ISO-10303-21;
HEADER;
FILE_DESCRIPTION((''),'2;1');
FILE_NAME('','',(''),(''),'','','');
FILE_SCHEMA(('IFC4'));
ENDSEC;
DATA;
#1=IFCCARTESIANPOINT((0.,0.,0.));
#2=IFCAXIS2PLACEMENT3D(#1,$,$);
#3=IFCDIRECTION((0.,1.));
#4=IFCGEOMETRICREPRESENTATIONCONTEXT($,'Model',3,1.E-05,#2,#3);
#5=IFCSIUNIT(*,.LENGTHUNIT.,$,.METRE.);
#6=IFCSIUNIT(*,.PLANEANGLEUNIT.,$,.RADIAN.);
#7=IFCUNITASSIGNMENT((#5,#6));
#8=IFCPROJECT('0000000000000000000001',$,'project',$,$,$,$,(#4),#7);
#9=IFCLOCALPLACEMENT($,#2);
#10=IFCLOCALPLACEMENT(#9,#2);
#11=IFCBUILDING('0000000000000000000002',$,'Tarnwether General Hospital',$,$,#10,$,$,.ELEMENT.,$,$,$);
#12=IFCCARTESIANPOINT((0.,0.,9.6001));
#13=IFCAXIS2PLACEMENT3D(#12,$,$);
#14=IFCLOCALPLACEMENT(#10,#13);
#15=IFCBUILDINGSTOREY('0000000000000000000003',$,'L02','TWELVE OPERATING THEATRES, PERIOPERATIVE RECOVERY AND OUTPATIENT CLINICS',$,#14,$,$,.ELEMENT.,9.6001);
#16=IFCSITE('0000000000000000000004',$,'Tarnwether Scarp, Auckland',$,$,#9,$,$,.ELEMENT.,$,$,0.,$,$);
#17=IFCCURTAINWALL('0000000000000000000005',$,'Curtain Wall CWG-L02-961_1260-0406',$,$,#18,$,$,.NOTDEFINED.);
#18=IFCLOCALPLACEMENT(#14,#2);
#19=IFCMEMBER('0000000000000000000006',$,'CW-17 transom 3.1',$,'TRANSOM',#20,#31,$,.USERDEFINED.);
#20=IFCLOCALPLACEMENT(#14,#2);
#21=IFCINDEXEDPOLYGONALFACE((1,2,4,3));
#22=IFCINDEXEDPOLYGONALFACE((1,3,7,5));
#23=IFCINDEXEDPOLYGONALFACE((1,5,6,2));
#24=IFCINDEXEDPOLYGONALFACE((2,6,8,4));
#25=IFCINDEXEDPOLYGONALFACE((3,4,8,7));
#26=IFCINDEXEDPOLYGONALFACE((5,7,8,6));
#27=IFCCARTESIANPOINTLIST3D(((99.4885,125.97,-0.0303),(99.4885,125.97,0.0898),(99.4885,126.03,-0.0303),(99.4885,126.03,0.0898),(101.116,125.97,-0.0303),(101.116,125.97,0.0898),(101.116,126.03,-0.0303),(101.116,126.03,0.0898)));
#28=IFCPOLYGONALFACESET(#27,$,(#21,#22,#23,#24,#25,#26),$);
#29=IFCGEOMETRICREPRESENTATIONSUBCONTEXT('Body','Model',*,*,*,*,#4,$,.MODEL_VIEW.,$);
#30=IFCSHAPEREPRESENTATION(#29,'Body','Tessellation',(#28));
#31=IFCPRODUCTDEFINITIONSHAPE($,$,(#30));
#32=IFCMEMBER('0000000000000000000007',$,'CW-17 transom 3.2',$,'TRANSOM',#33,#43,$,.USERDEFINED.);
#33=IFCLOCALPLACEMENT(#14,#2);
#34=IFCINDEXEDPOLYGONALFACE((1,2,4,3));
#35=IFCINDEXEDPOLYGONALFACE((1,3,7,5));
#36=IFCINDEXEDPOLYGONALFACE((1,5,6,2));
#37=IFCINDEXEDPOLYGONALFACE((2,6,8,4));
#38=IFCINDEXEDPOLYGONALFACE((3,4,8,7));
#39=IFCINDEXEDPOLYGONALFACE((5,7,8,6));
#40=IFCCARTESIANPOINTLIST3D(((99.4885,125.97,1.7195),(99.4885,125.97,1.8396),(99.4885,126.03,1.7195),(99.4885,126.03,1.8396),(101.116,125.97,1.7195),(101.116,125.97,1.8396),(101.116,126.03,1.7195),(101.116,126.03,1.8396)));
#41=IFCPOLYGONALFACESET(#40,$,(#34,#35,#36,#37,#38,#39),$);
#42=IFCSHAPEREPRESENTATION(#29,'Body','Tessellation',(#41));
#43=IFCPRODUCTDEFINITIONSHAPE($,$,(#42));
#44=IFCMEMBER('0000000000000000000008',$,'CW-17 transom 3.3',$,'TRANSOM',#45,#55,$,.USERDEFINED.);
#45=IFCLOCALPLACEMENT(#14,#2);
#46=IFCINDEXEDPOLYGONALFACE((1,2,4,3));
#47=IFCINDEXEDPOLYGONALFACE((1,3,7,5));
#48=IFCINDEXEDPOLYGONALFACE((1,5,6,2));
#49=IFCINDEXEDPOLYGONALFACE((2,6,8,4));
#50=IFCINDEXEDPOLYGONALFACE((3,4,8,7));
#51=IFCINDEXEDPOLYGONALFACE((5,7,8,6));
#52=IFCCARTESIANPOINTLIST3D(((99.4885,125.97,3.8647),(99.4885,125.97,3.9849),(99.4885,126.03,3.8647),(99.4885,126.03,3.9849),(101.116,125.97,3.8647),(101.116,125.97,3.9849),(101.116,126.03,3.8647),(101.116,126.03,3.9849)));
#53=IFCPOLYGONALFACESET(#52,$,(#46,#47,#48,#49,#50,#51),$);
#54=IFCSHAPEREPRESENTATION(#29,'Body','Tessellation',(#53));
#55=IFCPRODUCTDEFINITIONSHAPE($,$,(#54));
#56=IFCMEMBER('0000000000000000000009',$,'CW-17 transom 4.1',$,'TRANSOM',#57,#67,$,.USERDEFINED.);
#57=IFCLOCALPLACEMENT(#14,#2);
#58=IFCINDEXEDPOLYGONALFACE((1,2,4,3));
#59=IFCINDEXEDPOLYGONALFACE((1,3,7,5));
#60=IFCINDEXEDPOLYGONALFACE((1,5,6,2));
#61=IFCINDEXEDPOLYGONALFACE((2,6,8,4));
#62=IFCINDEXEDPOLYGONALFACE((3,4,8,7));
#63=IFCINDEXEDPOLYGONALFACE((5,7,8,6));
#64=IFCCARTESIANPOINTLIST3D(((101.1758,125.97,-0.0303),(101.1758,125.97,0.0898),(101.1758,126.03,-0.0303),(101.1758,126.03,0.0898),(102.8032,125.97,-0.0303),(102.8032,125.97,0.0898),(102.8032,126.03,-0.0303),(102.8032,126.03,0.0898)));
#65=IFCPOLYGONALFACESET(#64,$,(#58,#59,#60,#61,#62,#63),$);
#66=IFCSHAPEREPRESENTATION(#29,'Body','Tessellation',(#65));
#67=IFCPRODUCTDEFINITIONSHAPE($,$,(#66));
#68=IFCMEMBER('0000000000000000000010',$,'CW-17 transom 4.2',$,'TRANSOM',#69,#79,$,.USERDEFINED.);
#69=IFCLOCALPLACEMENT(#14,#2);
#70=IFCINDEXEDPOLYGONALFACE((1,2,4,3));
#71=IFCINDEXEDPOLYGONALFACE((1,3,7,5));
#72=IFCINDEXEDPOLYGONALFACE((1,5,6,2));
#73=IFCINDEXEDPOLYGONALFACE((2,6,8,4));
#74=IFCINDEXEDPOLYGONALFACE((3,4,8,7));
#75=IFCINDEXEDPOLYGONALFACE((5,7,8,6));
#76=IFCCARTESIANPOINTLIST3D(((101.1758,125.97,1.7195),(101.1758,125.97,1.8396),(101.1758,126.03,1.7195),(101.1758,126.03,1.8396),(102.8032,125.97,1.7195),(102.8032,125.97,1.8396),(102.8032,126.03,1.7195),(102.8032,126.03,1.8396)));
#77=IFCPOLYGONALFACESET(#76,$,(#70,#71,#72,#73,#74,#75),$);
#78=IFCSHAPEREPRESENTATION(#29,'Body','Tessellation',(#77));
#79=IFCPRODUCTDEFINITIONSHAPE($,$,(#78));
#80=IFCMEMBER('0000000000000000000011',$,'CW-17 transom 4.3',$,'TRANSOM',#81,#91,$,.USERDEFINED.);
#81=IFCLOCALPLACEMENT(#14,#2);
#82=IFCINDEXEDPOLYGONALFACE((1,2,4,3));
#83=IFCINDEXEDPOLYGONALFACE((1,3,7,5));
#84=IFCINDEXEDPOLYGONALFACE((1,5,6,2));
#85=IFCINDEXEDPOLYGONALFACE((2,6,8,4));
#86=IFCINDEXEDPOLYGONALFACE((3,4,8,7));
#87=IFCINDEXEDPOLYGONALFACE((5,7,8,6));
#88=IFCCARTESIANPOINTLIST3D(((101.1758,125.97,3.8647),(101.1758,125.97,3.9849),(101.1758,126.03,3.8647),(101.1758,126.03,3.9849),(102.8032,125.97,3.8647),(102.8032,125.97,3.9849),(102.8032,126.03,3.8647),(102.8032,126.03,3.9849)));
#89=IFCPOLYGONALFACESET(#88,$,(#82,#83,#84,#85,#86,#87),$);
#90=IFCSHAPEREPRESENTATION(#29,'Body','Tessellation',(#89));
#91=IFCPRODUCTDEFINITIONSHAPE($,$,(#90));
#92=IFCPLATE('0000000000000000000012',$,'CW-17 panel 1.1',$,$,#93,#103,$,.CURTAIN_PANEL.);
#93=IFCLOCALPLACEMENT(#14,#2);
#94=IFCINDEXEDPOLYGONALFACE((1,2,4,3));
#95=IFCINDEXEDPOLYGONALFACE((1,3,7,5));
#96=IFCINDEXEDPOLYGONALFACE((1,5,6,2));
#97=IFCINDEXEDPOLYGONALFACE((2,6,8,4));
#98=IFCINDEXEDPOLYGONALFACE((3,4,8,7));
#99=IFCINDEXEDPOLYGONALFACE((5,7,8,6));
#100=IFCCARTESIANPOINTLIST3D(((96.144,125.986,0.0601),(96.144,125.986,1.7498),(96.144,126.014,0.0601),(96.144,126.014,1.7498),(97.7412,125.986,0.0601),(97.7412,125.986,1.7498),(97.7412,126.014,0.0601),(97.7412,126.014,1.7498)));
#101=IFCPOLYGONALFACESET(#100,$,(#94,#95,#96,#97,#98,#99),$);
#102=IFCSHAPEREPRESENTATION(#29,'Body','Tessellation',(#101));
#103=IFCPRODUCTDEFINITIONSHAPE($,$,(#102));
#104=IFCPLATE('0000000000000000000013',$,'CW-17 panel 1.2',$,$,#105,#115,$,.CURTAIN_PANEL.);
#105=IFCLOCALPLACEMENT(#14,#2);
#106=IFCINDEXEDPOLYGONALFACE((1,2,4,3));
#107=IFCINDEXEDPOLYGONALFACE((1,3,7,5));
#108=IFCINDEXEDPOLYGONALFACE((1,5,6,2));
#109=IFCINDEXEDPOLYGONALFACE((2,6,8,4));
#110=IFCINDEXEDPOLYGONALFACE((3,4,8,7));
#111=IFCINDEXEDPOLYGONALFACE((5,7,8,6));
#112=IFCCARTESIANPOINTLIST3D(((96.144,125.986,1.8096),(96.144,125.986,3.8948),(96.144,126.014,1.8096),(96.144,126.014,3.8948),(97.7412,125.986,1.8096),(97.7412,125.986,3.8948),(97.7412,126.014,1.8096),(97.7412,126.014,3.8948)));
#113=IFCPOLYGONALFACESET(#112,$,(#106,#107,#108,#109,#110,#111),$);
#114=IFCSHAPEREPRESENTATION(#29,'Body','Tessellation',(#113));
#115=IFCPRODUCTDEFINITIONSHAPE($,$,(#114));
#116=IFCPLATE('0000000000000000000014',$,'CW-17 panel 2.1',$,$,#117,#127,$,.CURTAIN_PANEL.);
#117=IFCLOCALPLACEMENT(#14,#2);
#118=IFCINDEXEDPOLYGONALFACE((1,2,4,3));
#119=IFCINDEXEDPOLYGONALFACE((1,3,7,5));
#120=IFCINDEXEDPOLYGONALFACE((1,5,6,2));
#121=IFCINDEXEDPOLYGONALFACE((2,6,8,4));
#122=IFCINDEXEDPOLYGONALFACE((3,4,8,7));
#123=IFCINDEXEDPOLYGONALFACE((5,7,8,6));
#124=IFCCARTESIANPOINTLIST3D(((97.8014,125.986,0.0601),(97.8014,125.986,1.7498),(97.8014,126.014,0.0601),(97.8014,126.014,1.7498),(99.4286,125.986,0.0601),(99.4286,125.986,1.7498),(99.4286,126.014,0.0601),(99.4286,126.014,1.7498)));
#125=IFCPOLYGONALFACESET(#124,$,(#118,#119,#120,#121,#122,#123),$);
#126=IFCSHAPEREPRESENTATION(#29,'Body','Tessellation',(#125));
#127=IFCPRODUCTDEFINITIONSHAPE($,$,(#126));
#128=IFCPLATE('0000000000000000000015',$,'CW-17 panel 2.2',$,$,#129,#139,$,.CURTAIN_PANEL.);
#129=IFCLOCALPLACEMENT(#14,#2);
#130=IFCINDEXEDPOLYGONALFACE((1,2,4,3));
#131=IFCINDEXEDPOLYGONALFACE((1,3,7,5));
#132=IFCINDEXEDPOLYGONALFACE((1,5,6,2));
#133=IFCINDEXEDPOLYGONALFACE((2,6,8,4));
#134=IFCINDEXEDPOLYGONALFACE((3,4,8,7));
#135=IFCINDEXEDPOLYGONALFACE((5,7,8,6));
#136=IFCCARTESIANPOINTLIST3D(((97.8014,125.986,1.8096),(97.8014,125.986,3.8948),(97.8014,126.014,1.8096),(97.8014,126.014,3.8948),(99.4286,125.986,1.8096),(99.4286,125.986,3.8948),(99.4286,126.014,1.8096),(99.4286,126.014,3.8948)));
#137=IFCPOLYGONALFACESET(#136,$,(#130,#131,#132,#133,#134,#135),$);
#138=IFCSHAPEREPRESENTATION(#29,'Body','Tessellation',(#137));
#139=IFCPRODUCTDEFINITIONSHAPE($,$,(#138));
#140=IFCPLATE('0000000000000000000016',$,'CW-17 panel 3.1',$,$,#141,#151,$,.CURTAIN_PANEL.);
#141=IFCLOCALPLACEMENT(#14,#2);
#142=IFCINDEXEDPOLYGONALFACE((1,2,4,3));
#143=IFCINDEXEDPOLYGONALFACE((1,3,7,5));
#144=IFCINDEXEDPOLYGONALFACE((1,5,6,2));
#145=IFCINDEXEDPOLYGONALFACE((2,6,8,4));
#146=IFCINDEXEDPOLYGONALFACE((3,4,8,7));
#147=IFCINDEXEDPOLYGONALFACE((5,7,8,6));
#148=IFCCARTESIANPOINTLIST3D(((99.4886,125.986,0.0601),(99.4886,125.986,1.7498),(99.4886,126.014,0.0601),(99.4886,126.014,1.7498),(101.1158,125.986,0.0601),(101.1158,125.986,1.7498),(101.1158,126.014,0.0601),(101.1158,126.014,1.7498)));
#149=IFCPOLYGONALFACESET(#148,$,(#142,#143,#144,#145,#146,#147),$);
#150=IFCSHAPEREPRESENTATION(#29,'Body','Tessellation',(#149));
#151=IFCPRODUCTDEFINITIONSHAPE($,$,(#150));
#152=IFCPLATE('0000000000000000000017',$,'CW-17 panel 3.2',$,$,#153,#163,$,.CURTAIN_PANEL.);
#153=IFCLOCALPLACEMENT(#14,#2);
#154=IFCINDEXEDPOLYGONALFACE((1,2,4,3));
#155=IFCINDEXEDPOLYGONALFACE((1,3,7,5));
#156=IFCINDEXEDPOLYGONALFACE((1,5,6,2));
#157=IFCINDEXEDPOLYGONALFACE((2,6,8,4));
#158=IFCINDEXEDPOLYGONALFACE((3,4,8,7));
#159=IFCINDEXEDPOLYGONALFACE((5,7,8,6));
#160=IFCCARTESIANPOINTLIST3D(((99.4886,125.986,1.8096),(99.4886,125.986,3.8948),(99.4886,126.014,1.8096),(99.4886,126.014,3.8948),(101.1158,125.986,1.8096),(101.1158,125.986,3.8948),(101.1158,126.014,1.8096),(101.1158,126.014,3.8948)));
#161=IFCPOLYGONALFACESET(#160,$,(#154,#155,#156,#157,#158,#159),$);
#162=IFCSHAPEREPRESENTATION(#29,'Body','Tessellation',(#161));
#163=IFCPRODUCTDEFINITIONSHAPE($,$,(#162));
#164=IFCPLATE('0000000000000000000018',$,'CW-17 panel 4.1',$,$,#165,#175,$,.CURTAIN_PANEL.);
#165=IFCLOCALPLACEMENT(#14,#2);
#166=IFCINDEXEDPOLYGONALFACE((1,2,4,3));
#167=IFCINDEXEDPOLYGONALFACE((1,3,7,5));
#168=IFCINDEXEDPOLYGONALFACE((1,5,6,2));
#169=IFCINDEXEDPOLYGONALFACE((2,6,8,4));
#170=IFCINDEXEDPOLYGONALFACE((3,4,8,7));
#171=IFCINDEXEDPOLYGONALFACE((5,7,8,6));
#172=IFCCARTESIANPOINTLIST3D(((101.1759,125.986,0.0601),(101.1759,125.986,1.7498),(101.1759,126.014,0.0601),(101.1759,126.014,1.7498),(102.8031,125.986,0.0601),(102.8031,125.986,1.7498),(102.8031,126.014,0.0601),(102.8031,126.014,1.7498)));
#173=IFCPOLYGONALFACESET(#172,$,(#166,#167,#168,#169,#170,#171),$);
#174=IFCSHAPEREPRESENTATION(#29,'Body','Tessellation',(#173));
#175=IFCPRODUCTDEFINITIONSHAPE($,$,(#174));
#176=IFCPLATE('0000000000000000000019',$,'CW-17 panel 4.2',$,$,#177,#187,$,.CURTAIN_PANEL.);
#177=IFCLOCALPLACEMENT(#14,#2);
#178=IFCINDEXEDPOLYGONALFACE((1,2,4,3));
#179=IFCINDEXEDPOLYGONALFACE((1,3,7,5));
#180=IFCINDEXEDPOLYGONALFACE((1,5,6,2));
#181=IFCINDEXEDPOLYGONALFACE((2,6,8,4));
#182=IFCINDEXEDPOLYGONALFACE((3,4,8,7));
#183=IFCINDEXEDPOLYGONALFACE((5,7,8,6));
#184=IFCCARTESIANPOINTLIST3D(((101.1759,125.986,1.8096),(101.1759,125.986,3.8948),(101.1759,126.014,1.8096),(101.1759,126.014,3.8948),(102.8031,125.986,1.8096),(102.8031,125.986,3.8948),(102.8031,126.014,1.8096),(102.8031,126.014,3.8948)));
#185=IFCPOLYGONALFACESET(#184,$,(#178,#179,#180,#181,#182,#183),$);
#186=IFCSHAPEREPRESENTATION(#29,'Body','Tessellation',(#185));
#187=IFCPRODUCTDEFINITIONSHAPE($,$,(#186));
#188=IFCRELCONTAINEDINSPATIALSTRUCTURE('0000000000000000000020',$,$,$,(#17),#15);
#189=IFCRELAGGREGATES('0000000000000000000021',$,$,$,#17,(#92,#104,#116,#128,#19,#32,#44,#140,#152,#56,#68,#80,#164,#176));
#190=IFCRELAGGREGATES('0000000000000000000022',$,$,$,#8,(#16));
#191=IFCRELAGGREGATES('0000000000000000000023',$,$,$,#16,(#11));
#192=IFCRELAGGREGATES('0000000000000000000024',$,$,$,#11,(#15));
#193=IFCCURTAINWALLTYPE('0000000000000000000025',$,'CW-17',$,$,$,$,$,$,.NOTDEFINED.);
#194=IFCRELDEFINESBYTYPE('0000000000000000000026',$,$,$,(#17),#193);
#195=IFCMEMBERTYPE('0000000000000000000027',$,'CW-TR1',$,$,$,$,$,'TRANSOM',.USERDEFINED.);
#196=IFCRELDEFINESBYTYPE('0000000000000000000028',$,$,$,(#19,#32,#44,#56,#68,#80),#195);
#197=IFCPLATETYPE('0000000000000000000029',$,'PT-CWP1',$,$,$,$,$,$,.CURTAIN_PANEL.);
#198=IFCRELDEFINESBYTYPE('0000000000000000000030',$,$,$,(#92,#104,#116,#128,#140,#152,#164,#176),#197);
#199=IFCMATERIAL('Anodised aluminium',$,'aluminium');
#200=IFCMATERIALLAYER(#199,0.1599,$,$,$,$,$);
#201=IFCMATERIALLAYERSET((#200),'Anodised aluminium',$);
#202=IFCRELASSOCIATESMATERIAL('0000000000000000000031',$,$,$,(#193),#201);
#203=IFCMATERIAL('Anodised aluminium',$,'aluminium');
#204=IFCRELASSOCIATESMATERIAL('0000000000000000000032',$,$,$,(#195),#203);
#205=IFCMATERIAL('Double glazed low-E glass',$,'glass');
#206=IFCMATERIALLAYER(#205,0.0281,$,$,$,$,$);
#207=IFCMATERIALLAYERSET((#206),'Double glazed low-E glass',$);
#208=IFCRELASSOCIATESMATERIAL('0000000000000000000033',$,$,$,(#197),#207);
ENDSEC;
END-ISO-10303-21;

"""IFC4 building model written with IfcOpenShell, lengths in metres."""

from ifc_helpers import new_model, si_unit, direction, frame, origin, origin_2d, place, context, subcontext, project, spatial, rectangle, extrude, material, layer, layer_set, material_profile, profile_set, type_object, element, aggregate, save


model = new_model("IFC4")

# Units and contexts
model_context = context("Model", 3, precision=1e-05, world=origin(), true_north=direction((0.0, 1.0)))
body_context = subcontext(model_context, "Body", "Model", "MODEL_VIEW")
ifc_project = project(units=[si_unit("LENGTHUNIT", "METRE"), si_unit("PLANEANGLEUNIT", "RADIAN")], contexts=[model_context])

# Site, building, storey
site_placement = place(None, origin())
site = spatial("IfcSite", under=ifc_project, at=site_placement, Name="Tarnwether Scarp, Auckland", CompositionType="ELEMENT", RefElevation=0.0)
building_placement = place(site_placement, origin())
building = spatial("IfcBuilding", under=site, at=building_placement, Name="Tarnwether General Hospital", CompositionType="ELEMENT")
storey_placement = place(building_placement, frame((0.0, 0.0, 9.6001)))
storey = spatial("IfcBuildingStorey", under=building, at=storey_placement, Name="L02", Description="TWELVE OPERATING THEATRES, PERIOPERATIVE RECOVERY AND OUTPATIENT CLINICS", CompositionType="ELEMENT", Elevation=9.6001)

# Curtain wall, members, plates
ifc_material_1 = material(Name="Anodised aluminium", Category="aluminium")
ifc_layer_1 = layer(ifc_material_1, 0.1599)
ifc_layer_set_1 = layer_set([ifc_layer_1], Name="Anodised aluminium")
curtain_wall_type = type_object("IfcCurtainWallType", Name="CW-17", PredefinedType="NOTDEFINED", material=ifc_layer_set_1)
curtain_wall_placement = place(storey_placement, origin())
curtain_wall = element("IfcCurtainWall", 1, at=curtain_wall_placement, inside=storey, type_object=curtain_wall_type, Name="Curtain Wall CWG-L02-961_1260-0406", PredefinedType="NOTDEFINED")
ifc_material_2 = material(Name="Anodised aluminium", Category="aluminium")
ifc_material_profile_1 = material_profile(ifc_material_2, rectangle(XDim=0.0601, YDim=0.1201, at=origin_2d()), Name="ALU-TRN-60x120")
ifc_profile_set_1 = profile_set([ifc_material_profile_1], Name="Anodised aluminium")
member_type_1 = type_object("IfcMemberType", Name="CW-TR1", ElementType="TRANSOM", PredefinedType="USERDEFINED", material=ifc_profile_set_1)
member_1_placement = place(storey_placement, frame((99.4885, 126.0, 0.0298), z_axis=(1.0, 0.0, 0.0), x_axis=(0.0, 1.0, 0.0)))
member_1 = element("IfcMember", 2, at=member_1_placement, type_object=member_type_1, Name="CW-17 transom 3.1", ObjectType="TRANSOM", PredefinedType="USERDEFINED", context=body_context, shape_type="SweptSolid", body=[
    extrude(rectangle(XDim=0.0601, YDim=0.1201, at=origin_2d()), origin(), (0.0, 0.0, 1.0), 1.6274),
])
member_2_placement = place(storey_placement, frame((99.4885, 126.0, 1.7795), z_axis=(1.0, 0.0, 0.0), x_axis=(0.0, 1.0, 0.0)))
member_2 = element("IfcMember", 3, at=member_2_placement, type_object=member_type_1, Name="CW-17 transom 3.2", ObjectType="TRANSOM", PredefinedType="USERDEFINED", context=body_context, shape_type="SweptSolid", body=[
    extrude(rectangle(XDim=0.0601, YDim=0.1201, at=origin_2d()), origin(), (0.0, 0.0, 1.0), 1.6274),
])
member_3_placement = place(storey_placement, frame((99.4885, 126.0, 3.9248), z_axis=(1.0, 0.0, 0.0), x_axis=(0.0, 1.0, 0.0)))
member_3 = element("IfcMember", 4, at=member_3_placement, type_object=member_type_1, Name="CW-17 transom 3.3", ObjectType="TRANSOM", PredefinedType="USERDEFINED", context=body_context, shape_type="SweptSolid", body=[
    extrude(rectangle(XDim=0.0601, YDim=0.1201, at=origin_2d()), origin(), (0.0, 0.0, 1.0), 1.6274),
])
member_4_placement = place(storey_placement, frame((101.1758, 126.0, 0.0298), z_axis=(1.0, 0.0, 0.0), x_axis=(0.0, 1.0, 0.0)))
member_4 = element("IfcMember", 5, at=member_4_placement, type_object=member_type_1, Name="CW-17 transom 4.1", ObjectType="TRANSOM", PredefinedType="USERDEFINED", context=body_context, shape_type="SweptSolid", body=[
    extrude(rectangle(XDim=0.0601, YDim=0.1201, at=origin_2d()), origin(), (0.0, 0.0, 1.0), 1.6274),
])
member_5_placement = place(storey_placement, frame((101.1758, 126.0, 1.7795), z_axis=(1.0, 0.0, 0.0), x_axis=(0.0, 1.0, 0.0)))
member_5 = element("IfcMember", 6, at=member_5_placement, type_object=member_type_1, Name="CW-17 transom 4.2", ObjectType="TRANSOM", PredefinedType="USERDEFINED", context=body_context, shape_type="SweptSolid", body=[
    extrude(rectangle(XDim=0.0601, YDim=0.1201, at=origin_2d()), origin(), (0.0, 0.0, 1.0), 1.6274),
])
member_6_placement = place(storey_placement, frame((101.1758, 126.0, 3.9248), z_axis=(1.0, 0.0, 0.0), x_axis=(0.0, 1.0, 0.0)))
member_6 = element("IfcMember", 7, at=member_6_placement, type_object=member_type_1, Name="CW-17 transom 4.3", ObjectType="TRANSOM", PredefinedType="USERDEFINED", context=body_context, shape_type="SweptSolid", body=[
    extrude(rectangle(XDim=0.0601, YDim=0.1201, at=origin_2d()), origin(), (0.0, 0.0, 1.0), 1.6274),
])
ifc_material_3 = material(Name="Double glazed low-E glass", Category="glass")
ifc_layer_2 = layer(ifc_material_3, 0.0281)
ifc_layer_set_2 = layer_set([ifc_layer_2], Name="Double glazed low-E glass")
plate_type_1 = type_object("IfcPlateType", Name="PT-CWP1", PredefinedType="CURTAIN_PANEL", material=ifc_layer_set_2)
plate_1_placement = place(storey_placement, frame((96.9426, 126.0, 0.0601), z_axis=(0.0, 0.0, 1.0), x_axis=(1.0, 0.0, 0.0)))
plate_1 = element("IfcPlate", 8, at=plate_1_placement, type_object=plate_type_1, Name="CW-17 panel 1.1", PredefinedType="CURTAIN_PANEL", context=body_context, shape_type="SweptSolid", body=[
    extrude(rectangle(XDim=1.5972, YDim=0.0281, at=origin_2d()), origin(), (0.0, 0.0, 1.0), 1.6897),
])
plate_2_placement = place(storey_placement, frame((96.9426, 126.0, 1.8096), z_axis=(0.0, 0.0, 1.0), x_axis=(1.0, 0.0, 0.0)))
plate_2 = element("IfcPlate", 9, at=plate_2_placement, type_object=plate_type_1, Name="CW-17 panel 1.2", PredefinedType="CURTAIN_PANEL", context=body_context, shape_type="SweptSolid", body=[
    extrude(rectangle(XDim=1.5972, YDim=0.0281, at=origin_2d()), origin(), (0.0, 0.0, 1.0), 2.0852),
])
plate_3_placement = place(storey_placement, frame((98.615, 126.0, 0.0601), z_axis=(0.0, 0.0, 1.0), x_axis=(1.0, 0.0, 0.0)))
plate_3 = element("IfcPlate", 10, at=plate_3_placement, type_object=plate_type_1, Name="CW-17 panel 2.1", PredefinedType="CURTAIN_PANEL", context=body_context, shape_type="SweptSolid", body=[
    extrude(rectangle(XDim=1.6272, YDim=0.0281, at=origin_2d()), origin(), (0.0, 0.0, 1.0), 1.6897),
])
plate_4_placement = place(storey_placement, frame((98.615, 126.0, 1.8096), z_axis=(0.0, 0.0, 1.0), x_axis=(1.0, 0.0, 0.0)))
plate_4 = element("IfcPlate", 11, at=plate_4_placement, type_object=plate_type_1, Name="CW-17 panel 2.2", PredefinedType="CURTAIN_PANEL", context=body_context, shape_type="SweptSolid", body=[
    extrude(rectangle(XDim=1.6272, YDim=0.0281, at=origin_2d()), origin(), (0.0, 0.0, 1.0), 2.0852),
])
plate_5_placement = place(storey_placement, frame((100.3022, 126.0, 0.0601), z_axis=(0.0, 0.0, 1.0), x_axis=(1.0, 0.0, 0.0)))
plate_5 = element("IfcPlate", 12, at=plate_5_placement, type_object=plate_type_1, Name="CW-17 panel 3.1", PredefinedType="CURTAIN_PANEL", context=body_context, shape_type="SweptSolid", body=[
    extrude(rectangle(XDim=1.6272, YDim=0.0281, at=origin_2d()), origin(), (0.0, 0.0, 1.0), 1.6897),
])
plate_6_placement = place(storey_placement, frame((100.3022, 126.0, 1.8096), z_axis=(0.0, 0.0, 1.0), x_axis=(1.0, 0.0, 0.0)))
plate_6 = element("IfcPlate", 13, at=plate_6_placement, type_object=plate_type_1, Name="CW-17 panel 3.2", PredefinedType="CURTAIN_PANEL", context=body_context, shape_type="SweptSolid", body=[
    extrude(rectangle(XDim=1.6272, YDim=0.0281, at=origin_2d()), origin(), (0.0, 0.0, 1.0), 2.0852),
])
plate_7_placement = place(storey_placement, frame((101.9895, 126.0, 0.0601), z_axis=(0.0, 0.0, 1.0), x_axis=(1.0, 0.0, 0.0)))
plate_7 = element("IfcPlate", 14, at=plate_7_placement, type_object=plate_type_1, Name="CW-17 panel 4.1", PredefinedType="CURTAIN_PANEL", context=body_context, shape_type="SweptSolid", body=[
    extrude(rectangle(XDim=1.6272, YDim=0.0281, at=origin_2d()), origin(), (0.0, 0.0, 1.0), 1.6897),
])
plate_8_placement = place(storey_placement, frame((101.9895, 126.0, 1.8096), z_axis=(0.0, 0.0, 1.0), x_axis=(1.0, 0.0, 0.0)))
plate_8 = element("IfcPlate", 15, at=plate_8_placement, type_object=plate_type_1, Name="CW-17 panel 4.2", PredefinedType="CURTAIN_PANEL", context=body_context, shape_type="SweptSolid", body=[
    extrude(rectangle(XDim=1.6272, YDim=0.0281, at=origin_2d()), origin(), (0.0, 0.0, 1.0), 2.0852),
])
aggregate(curtain_wall, [plate_1, plate_2, plate_3, plate_4, member_1, member_2, member_3, plate_5, plate_6, member_4, member_5, member_6, plate_7, plate_8])

save(model, "model.ifc")
